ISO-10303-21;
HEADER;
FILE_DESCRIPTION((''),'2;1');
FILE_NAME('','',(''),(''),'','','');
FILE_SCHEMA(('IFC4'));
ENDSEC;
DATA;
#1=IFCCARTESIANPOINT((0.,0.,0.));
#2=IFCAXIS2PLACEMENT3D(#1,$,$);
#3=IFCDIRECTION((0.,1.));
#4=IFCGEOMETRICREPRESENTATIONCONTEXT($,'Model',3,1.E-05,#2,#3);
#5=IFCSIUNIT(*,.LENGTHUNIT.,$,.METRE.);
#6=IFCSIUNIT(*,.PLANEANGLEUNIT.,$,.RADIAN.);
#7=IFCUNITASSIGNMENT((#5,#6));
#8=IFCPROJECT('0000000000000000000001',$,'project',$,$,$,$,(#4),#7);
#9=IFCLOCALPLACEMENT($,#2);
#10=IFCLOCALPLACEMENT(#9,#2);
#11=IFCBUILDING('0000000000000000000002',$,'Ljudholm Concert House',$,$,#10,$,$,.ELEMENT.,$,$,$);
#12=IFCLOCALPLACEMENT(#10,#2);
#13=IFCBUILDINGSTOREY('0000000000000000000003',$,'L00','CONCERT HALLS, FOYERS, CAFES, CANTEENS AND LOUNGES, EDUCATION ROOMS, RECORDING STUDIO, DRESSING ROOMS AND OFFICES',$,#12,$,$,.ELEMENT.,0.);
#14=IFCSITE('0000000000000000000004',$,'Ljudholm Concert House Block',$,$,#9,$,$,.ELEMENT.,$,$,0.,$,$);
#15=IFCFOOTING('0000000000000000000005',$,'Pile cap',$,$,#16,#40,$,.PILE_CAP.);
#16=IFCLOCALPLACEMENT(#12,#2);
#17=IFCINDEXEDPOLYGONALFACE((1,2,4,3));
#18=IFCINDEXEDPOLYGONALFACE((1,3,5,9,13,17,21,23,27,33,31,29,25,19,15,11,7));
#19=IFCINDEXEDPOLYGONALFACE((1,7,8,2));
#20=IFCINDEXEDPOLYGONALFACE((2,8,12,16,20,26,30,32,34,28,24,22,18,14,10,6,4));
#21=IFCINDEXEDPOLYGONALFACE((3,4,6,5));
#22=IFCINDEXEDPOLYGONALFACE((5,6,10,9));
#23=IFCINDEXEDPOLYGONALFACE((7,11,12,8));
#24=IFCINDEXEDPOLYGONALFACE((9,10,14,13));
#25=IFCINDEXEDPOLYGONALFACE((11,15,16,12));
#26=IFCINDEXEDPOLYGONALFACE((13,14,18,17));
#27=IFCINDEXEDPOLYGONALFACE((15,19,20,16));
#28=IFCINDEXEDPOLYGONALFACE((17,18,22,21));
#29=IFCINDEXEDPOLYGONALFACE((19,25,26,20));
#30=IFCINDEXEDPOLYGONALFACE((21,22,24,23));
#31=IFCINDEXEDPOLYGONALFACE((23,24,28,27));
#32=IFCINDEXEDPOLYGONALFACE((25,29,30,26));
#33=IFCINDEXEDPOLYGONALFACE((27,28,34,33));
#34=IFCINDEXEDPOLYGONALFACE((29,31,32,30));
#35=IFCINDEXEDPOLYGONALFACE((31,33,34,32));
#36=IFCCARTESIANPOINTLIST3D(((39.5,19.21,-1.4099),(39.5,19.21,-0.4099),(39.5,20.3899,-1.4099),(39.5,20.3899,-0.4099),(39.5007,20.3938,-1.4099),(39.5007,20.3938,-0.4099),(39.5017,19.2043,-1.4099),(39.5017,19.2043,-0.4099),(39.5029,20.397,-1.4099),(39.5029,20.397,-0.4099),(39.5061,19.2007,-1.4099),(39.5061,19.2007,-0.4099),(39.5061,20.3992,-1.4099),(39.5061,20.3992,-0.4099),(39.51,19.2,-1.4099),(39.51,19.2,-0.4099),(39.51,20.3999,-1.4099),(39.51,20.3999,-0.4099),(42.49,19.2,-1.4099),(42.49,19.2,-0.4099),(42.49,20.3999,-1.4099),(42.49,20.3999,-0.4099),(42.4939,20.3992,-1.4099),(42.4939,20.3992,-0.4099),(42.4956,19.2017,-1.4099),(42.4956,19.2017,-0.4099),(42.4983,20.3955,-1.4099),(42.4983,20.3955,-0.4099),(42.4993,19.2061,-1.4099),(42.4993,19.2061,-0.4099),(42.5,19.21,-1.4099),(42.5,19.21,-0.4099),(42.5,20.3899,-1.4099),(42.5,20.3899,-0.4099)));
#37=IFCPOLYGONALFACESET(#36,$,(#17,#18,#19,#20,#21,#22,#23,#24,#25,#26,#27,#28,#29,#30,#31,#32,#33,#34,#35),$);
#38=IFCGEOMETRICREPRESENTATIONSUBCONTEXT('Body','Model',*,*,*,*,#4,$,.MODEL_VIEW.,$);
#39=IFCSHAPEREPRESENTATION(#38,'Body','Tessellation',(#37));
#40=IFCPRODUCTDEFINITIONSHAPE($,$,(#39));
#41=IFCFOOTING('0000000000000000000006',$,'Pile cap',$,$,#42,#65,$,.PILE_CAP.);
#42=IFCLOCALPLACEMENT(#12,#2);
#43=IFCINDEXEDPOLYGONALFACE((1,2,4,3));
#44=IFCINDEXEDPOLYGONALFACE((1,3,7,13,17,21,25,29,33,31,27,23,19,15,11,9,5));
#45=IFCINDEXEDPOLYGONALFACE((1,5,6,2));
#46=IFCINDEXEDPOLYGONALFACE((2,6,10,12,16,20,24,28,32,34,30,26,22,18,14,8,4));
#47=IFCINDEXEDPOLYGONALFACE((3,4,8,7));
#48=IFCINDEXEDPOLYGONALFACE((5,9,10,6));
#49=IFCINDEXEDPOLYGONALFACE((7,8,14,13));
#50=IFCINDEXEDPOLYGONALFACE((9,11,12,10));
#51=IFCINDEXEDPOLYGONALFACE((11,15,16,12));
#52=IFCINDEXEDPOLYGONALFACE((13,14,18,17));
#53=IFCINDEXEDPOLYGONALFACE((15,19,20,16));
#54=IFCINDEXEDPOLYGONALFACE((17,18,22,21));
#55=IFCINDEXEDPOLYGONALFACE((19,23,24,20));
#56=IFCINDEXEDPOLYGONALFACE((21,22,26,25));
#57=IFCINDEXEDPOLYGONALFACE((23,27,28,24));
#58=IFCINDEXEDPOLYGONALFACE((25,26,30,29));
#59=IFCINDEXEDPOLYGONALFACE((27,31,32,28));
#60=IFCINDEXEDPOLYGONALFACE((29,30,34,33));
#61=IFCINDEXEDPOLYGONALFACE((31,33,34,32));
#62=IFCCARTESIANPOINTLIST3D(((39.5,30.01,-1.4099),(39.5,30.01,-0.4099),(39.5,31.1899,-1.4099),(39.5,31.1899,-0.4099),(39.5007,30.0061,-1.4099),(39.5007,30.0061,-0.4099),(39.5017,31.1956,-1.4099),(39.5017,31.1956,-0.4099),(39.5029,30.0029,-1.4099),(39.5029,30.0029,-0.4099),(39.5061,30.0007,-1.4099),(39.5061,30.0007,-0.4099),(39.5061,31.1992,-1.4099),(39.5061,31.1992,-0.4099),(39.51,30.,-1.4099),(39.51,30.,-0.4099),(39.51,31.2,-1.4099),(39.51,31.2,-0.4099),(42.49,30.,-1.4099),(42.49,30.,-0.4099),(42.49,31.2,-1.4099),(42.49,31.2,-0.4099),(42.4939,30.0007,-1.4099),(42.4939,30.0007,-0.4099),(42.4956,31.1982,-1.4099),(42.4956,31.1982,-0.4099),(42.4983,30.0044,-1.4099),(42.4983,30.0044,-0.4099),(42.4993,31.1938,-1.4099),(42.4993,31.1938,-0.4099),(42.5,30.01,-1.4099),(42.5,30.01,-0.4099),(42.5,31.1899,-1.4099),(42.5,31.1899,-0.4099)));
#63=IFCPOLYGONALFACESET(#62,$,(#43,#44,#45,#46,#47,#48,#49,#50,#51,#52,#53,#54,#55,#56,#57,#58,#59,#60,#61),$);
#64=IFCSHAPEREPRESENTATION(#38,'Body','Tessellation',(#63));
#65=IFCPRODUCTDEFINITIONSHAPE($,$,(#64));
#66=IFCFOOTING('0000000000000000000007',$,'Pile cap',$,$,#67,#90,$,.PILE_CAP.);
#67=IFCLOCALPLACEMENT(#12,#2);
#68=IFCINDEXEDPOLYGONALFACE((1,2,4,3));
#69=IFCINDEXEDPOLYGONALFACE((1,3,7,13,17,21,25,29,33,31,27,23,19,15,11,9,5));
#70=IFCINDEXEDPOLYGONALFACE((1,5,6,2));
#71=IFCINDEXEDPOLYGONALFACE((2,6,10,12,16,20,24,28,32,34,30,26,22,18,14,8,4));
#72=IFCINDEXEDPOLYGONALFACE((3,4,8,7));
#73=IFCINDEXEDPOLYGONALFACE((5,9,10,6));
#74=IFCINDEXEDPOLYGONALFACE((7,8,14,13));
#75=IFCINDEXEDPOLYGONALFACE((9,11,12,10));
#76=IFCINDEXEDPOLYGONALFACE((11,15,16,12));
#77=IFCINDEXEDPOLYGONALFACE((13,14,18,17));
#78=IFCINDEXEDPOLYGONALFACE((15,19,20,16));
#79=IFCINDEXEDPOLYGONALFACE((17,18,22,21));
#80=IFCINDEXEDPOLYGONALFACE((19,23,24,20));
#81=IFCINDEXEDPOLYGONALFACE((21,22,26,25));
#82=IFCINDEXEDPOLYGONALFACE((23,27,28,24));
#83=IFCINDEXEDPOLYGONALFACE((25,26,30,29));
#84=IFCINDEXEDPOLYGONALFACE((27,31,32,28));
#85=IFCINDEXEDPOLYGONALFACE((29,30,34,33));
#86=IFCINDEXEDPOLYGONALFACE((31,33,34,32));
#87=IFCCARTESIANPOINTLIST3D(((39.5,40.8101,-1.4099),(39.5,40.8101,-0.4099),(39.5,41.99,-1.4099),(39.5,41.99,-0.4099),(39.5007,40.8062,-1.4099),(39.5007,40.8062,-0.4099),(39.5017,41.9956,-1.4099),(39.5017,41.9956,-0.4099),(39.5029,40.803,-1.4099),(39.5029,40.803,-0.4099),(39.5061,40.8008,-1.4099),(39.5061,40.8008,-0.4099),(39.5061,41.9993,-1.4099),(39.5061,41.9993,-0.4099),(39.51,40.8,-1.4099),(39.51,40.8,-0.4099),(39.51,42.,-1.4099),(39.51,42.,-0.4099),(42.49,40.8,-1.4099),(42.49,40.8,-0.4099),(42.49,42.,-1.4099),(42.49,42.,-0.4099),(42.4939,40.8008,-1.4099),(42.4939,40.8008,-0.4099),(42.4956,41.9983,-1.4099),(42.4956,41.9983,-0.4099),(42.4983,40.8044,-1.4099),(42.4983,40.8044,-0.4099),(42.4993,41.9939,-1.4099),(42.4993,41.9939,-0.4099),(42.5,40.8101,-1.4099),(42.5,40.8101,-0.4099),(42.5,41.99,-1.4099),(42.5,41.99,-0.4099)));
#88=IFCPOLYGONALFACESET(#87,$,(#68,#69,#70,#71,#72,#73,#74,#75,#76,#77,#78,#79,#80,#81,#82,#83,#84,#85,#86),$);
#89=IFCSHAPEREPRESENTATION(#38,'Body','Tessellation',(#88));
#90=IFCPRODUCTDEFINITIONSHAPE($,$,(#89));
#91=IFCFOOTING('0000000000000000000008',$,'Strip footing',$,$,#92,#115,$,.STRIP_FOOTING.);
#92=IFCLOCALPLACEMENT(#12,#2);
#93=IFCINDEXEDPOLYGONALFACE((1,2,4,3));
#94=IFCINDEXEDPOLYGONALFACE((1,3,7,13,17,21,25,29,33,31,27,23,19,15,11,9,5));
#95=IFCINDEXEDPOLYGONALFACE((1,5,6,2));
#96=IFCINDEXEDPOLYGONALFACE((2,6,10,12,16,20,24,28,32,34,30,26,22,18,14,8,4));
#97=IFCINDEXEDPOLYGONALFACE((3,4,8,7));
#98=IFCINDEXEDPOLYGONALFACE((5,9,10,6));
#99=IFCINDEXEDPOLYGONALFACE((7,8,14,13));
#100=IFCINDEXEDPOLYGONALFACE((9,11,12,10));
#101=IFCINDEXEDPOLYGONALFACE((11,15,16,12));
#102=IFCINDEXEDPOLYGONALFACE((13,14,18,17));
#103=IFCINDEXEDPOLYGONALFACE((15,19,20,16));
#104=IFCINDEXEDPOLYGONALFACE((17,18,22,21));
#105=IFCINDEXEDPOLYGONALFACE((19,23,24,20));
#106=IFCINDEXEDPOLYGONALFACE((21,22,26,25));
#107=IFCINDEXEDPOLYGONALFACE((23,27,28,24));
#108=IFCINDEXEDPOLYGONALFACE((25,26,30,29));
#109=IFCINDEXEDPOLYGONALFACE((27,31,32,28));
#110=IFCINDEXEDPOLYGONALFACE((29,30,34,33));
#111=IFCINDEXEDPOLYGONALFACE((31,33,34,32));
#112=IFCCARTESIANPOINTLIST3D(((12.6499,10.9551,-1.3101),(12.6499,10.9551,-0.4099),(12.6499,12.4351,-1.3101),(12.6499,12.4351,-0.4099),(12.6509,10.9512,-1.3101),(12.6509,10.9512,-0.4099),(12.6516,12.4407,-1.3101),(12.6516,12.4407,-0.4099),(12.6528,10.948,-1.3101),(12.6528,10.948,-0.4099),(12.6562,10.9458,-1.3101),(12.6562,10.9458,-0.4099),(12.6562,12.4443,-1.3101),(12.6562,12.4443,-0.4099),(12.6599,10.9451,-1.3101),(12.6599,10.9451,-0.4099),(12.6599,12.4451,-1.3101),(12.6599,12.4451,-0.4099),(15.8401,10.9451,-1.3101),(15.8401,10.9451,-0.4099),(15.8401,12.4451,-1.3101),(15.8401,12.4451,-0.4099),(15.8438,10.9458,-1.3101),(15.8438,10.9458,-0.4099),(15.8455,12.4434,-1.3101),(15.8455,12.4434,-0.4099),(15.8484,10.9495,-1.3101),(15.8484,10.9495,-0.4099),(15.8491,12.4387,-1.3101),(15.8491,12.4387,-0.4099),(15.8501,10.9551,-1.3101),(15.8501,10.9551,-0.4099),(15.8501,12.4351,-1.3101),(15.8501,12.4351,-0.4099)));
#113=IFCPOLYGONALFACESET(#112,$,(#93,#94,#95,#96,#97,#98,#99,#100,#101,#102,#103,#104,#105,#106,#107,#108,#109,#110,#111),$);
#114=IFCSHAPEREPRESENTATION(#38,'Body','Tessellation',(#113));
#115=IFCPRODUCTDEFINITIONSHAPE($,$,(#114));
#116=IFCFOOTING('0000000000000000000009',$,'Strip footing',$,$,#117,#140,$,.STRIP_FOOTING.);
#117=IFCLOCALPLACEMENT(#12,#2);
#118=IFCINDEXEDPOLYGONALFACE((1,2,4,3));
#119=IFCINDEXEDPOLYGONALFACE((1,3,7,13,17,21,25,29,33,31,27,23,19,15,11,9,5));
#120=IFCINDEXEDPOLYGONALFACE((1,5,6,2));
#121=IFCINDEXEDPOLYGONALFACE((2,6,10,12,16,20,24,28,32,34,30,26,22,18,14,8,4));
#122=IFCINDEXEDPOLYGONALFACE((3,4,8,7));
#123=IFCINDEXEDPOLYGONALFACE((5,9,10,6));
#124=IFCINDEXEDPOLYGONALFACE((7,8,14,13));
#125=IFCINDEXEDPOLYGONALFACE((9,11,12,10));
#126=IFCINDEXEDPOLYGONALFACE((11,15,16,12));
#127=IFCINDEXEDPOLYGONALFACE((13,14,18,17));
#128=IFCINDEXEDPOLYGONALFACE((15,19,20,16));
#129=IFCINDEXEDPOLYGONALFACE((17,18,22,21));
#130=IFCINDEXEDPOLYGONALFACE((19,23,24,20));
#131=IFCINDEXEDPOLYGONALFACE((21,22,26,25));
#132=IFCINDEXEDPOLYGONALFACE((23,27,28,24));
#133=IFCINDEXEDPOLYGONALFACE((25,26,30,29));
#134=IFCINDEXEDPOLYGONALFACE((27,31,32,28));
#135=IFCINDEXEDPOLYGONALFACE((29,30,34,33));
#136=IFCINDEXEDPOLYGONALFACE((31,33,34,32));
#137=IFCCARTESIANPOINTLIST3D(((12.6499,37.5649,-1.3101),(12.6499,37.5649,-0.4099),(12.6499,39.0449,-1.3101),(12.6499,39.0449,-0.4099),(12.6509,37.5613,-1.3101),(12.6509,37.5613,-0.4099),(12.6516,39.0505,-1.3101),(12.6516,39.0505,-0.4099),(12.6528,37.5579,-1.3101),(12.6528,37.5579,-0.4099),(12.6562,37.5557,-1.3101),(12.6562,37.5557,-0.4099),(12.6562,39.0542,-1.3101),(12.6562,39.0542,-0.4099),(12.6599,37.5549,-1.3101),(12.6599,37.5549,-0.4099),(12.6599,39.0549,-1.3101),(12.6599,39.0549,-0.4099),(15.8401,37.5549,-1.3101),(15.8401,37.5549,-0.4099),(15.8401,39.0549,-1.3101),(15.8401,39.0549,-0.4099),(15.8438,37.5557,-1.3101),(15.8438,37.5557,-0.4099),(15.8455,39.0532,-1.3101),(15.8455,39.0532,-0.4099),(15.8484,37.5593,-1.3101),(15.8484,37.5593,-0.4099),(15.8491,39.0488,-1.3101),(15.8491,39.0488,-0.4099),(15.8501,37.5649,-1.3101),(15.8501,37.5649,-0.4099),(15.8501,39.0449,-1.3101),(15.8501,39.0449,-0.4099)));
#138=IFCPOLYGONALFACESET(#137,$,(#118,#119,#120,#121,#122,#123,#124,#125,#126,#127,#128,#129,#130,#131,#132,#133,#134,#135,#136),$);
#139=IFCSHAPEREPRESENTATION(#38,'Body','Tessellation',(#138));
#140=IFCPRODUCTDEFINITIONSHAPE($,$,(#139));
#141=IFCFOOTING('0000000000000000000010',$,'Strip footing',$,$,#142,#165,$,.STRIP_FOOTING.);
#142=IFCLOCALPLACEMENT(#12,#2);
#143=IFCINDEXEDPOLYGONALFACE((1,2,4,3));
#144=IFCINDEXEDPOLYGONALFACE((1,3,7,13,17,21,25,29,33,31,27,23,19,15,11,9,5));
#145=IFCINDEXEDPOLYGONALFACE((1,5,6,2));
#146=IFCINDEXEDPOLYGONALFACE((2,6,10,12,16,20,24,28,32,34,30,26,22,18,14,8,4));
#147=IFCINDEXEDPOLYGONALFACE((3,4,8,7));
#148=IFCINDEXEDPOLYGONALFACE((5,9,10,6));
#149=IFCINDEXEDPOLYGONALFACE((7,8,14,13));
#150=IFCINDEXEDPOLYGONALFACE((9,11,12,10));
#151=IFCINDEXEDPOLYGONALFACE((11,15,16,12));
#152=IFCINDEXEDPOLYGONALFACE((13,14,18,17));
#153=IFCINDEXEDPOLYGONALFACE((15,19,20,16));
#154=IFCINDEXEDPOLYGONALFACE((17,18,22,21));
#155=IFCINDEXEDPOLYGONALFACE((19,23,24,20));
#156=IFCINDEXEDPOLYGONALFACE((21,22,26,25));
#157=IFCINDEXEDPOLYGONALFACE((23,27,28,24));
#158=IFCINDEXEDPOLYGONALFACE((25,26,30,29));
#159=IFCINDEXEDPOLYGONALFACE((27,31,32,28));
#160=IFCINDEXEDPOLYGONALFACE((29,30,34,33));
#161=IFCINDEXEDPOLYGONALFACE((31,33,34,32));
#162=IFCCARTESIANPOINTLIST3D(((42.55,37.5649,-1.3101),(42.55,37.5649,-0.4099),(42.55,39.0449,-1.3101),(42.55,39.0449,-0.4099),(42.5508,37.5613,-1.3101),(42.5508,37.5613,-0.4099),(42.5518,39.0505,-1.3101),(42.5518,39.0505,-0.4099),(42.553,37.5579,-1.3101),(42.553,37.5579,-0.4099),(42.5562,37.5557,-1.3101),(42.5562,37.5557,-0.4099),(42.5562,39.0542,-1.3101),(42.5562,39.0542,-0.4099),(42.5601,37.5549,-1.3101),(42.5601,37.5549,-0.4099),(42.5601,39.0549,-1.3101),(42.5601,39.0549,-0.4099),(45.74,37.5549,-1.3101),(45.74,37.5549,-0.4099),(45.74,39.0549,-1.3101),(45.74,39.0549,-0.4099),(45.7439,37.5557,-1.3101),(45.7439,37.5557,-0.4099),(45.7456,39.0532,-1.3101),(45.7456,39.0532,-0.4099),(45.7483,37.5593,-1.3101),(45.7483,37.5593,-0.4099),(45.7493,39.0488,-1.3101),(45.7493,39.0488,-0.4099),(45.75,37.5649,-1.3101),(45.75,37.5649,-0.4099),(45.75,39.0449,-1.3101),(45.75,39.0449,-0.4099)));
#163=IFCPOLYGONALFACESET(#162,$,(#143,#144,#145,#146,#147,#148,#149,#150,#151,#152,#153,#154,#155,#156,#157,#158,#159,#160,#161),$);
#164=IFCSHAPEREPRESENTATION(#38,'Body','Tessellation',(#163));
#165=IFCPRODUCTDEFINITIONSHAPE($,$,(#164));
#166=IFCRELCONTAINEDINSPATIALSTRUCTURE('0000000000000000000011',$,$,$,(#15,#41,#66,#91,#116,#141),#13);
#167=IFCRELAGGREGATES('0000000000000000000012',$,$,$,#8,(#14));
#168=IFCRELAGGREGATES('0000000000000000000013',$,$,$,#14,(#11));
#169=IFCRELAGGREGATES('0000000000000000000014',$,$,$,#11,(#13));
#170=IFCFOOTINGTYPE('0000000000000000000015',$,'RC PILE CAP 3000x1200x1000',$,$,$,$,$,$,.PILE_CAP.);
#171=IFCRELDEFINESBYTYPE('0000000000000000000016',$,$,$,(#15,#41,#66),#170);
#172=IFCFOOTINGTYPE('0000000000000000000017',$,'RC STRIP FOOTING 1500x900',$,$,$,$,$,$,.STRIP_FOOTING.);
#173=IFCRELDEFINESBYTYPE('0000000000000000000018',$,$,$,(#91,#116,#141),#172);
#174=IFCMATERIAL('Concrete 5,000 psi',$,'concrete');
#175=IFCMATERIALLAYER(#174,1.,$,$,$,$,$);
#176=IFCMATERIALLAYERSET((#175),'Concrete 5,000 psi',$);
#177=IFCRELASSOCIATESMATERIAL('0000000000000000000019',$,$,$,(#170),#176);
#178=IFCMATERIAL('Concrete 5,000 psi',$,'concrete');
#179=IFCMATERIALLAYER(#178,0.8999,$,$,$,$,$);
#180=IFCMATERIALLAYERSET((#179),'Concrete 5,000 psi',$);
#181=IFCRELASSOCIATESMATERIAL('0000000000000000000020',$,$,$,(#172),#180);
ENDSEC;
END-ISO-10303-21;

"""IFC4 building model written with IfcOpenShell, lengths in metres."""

from ifc_helpers import new_model, si_unit, direction, frame, origin, place, context, subcontext, project, spatial, polyline, outline, extrude, material, layer, layer_set, type_object, element, save


model = new_model("IFC4")

# Units and contexts
model_context = context("Model", 3, precision=1e-05, world=origin(), true_north=direction((0.0, 1.0)))
body_context = subcontext(model_context, "Body", "Model", "MODEL_VIEW")
ifc_project = project(units=[si_unit("LENGTHUNIT", "METRE"), si_unit("PLANEANGLEUNIT", "RADIAN")], contexts=[model_context])

# Site, building, storey
site_placement = place(None, origin())
site = spatial("IfcSite", under=ifc_project, at=site_placement, Name="Ljudholm Concert House Block", CompositionType="ELEMENT", RefElevation=0.0)
building_placement = place(site_placement, origin())
building = spatial("IfcBuilding", under=site, at=building_placement, Name="Ljudholm Concert House", CompositionType="ELEMENT")
storey_placement = place(building_placement, origin())
storey = spatial("IfcBuildingStorey", under=building, at=storey_placement, Name="L00", Description="CONCERT HALLS, FOYERS, CAFES, CANTEENS AND LOUNGES, EDUCATION ROOMS, RECORDING STUDIO, DRESSING ROOMS AND OFFICES", CompositionType="ELEMENT", Elevation=0.0)

# Footings
ifc_material_1 = material(Name="Concrete 5,000 psi", Category="concrete")
ifc_layer_1 = layer(ifc_material_1, 1.0)
ifc_layer_set_1 = layer_set([ifc_layer_1], Name="Concrete 5,000 psi")
footing_type_1 = type_object("IfcFootingType", Name="RC PILE CAP 3000x1200x1000", PredefinedType="PILE_CAP", material=ifc_layer_set_1)
footing_1_placement = place(storey_placement, frame((0.0, 0.0, -1.4099)))
element("IfcFooting", 1, at=footing_1_placement, inside=storey, type_object=footing_type_1, Name="Pile cap", PredefinedType="PILE_CAP", context=body_context, shape_type="SweptSolid", body=[
    extrude(outline(polyline([(39.5, 20.3899), (39.5, 19.21), (39.5017, 19.2043), (39.5061, 19.2007), (39.51, 19.2), (42.49, 19.2), (42.4956, 19.2017), (42.4993, 19.2061), (42.5, 19.21), (42.5, 20.3899), (42.4983, 20.3955), (42.4939, 20.3992), (42.49, 20.3999), (39.51, 20.3999), (39.5061, 20.3992), (39.5029, 20.397), (39.5007, 20.3938), (39.5, 20.3899)])), origin(), (0.0, 0.0, 1.0), 1.0),
])
footing_2_placement = place(storey_placement, frame((0.0, 0.0, -1.4099)))
element("IfcFooting", 2, at=footing_2_placement, inside=storey, type_object=footing_type_1, Name="Pile cap", PredefinedType="PILE_CAP", context=body_context, shape_type="SweptSolid", body=[
    extrude(outline(polyline([(39.51, 30.0), (42.49, 30.0), (42.4939, 30.0007), (42.4983, 30.0044), (42.5, 30.01), (42.5, 31.1899), (42.4993, 31.1938), (42.4956, 31.1982), (42.49, 31.2), (39.51, 31.2), (39.5061, 31.1992), (39.5017, 31.1956), (39.5, 31.1899), (39.5, 30.01), (39.5007, 30.0061), (39.5029, 30.0029), (39.5061, 30.0007), (39.51, 30.0)])), origin(), (0.0, 0.0, 1.0), 1.0),
])
footing_3_placement = place(storey_placement, frame((0.0, 0.0, -1.4099)))
element("IfcFooting", 3, at=footing_3_placement, inside=storey, type_object=footing_type_1, Name="Pile cap", PredefinedType="PILE_CAP", context=body_context, shape_type="SweptSolid", body=[
    extrude(outline(polyline([(39.51, 40.8), (42.49, 40.8), (42.4939, 40.8008), (42.4983, 40.8044), (42.5, 40.8101), (42.5, 41.99), (42.4993, 41.9939), (42.4956, 41.9983), (42.49, 42.0), (39.51, 42.0), (39.5061, 41.9993), (39.5017, 41.9956), (39.5, 41.99), (39.5, 40.8101), (39.5007, 40.8062), (39.5029, 40.803), (39.5061, 40.8008), (39.51, 40.8)])), origin(), (0.0, 0.0, 1.0), 1.0),
])
ifc_material_2 = material(Name="Concrete 5,000 psi", Category="concrete")
ifc_layer_2 = layer(ifc_material_2, 0.8999)
ifc_layer_set_2 = layer_set([ifc_layer_2], Name="Concrete 5,000 psi")
footing_type_2 = type_object("IfcFootingType", Name="RC STRIP FOOTING 1500x900", PredefinedType="STRIP_FOOTING", material=ifc_layer_set_2)
footing_4_placement = place(storey_placement, frame((0.0, 0.0, -1.3101)))
element("IfcFooting", 4, at=footing_4_placement, inside=storey, type_object=footing_type_2, Name="Strip footing", PredefinedType="STRIP_FOOTING", context=body_context, shape_type="SweptSolid", body=[
    extrude(outline(polyline([(12.6599, 10.9451), (15.8401, 10.9451), (15.8438, 10.9458), (15.8484, 10.9495), (15.8501, 10.9551), (15.8501, 12.4351), (15.8491, 12.4387), (15.8455, 12.4434), (15.8401, 12.4451), (12.6599, 12.4451), (12.6562, 12.4443), (12.6516, 12.4407), (12.6499, 12.4351), (12.6499, 10.9551), (12.6509, 10.9512), (12.6528, 10.948), (12.6562, 10.9458), (12.6599, 10.9451)])), origin(), (0.0, 0.0, 1.0), 0.9001),
])
footing_5_placement = place(storey_placement, frame((0.0, 0.0, -1.3101)))
element("IfcFooting", 5, at=footing_5_placement, inside=storey, type_object=footing_type_2, Name="Strip footing", PredefinedType="STRIP_FOOTING", context=body_context, shape_type="SweptSolid", body=[
    extrude(outline(polyline([(12.6599, 37.5549), (15.8401, 37.5549), (15.8438, 37.5557), (15.8484, 37.5593), (15.8501, 37.5649), (15.8501, 39.0449), (15.8491, 39.0488), (15.8455, 39.0532), (15.8401, 39.0549), (12.6599, 39.0549), (12.6562, 39.0542), (12.6516, 39.0505), (12.6499, 39.0449), (12.6499, 37.5649), (12.6509, 37.5613), (12.6528, 37.5579), (12.6562, 37.5557), (12.6599, 37.5549)])), origin(), (0.0, 0.0, 1.0), 0.9001),
])
footing_6_placement = place(storey_placement, frame((0.0, 0.0, -1.3101)))
element("IfcFooting", 6, at=footing_6_placement, inside=storey, type_object=footing_type_2, Name="Strip footing", PredefinedType="STRIP_FOOTING", context=body_context, shape_type="SweptSolid", body=[
    extrude(outline(polyline([(42.5601, 37.5549), (45.74, 37.5549), (45.7439, 37.5557), (45.7483, 37.5593), (45.75, 37.5649), (45.75, 39.0449), (45.7493, 39.0488), (45.7456, 39.0532), (45.74, 39.0549), (42.5601, 39.0549), (42.5562, 39.0542), (42.5518, 39.0505), (42.55, 39.0449), (42.55, 37.5649), (42.5508, 37.5613), (42.553, 37.5579), (42.5562, 37.5557), (42.5601, 37.5549)])), origin(), (0.0, 0.0, 1.0), 0.9001),
])

save(model, "model.ifc")
